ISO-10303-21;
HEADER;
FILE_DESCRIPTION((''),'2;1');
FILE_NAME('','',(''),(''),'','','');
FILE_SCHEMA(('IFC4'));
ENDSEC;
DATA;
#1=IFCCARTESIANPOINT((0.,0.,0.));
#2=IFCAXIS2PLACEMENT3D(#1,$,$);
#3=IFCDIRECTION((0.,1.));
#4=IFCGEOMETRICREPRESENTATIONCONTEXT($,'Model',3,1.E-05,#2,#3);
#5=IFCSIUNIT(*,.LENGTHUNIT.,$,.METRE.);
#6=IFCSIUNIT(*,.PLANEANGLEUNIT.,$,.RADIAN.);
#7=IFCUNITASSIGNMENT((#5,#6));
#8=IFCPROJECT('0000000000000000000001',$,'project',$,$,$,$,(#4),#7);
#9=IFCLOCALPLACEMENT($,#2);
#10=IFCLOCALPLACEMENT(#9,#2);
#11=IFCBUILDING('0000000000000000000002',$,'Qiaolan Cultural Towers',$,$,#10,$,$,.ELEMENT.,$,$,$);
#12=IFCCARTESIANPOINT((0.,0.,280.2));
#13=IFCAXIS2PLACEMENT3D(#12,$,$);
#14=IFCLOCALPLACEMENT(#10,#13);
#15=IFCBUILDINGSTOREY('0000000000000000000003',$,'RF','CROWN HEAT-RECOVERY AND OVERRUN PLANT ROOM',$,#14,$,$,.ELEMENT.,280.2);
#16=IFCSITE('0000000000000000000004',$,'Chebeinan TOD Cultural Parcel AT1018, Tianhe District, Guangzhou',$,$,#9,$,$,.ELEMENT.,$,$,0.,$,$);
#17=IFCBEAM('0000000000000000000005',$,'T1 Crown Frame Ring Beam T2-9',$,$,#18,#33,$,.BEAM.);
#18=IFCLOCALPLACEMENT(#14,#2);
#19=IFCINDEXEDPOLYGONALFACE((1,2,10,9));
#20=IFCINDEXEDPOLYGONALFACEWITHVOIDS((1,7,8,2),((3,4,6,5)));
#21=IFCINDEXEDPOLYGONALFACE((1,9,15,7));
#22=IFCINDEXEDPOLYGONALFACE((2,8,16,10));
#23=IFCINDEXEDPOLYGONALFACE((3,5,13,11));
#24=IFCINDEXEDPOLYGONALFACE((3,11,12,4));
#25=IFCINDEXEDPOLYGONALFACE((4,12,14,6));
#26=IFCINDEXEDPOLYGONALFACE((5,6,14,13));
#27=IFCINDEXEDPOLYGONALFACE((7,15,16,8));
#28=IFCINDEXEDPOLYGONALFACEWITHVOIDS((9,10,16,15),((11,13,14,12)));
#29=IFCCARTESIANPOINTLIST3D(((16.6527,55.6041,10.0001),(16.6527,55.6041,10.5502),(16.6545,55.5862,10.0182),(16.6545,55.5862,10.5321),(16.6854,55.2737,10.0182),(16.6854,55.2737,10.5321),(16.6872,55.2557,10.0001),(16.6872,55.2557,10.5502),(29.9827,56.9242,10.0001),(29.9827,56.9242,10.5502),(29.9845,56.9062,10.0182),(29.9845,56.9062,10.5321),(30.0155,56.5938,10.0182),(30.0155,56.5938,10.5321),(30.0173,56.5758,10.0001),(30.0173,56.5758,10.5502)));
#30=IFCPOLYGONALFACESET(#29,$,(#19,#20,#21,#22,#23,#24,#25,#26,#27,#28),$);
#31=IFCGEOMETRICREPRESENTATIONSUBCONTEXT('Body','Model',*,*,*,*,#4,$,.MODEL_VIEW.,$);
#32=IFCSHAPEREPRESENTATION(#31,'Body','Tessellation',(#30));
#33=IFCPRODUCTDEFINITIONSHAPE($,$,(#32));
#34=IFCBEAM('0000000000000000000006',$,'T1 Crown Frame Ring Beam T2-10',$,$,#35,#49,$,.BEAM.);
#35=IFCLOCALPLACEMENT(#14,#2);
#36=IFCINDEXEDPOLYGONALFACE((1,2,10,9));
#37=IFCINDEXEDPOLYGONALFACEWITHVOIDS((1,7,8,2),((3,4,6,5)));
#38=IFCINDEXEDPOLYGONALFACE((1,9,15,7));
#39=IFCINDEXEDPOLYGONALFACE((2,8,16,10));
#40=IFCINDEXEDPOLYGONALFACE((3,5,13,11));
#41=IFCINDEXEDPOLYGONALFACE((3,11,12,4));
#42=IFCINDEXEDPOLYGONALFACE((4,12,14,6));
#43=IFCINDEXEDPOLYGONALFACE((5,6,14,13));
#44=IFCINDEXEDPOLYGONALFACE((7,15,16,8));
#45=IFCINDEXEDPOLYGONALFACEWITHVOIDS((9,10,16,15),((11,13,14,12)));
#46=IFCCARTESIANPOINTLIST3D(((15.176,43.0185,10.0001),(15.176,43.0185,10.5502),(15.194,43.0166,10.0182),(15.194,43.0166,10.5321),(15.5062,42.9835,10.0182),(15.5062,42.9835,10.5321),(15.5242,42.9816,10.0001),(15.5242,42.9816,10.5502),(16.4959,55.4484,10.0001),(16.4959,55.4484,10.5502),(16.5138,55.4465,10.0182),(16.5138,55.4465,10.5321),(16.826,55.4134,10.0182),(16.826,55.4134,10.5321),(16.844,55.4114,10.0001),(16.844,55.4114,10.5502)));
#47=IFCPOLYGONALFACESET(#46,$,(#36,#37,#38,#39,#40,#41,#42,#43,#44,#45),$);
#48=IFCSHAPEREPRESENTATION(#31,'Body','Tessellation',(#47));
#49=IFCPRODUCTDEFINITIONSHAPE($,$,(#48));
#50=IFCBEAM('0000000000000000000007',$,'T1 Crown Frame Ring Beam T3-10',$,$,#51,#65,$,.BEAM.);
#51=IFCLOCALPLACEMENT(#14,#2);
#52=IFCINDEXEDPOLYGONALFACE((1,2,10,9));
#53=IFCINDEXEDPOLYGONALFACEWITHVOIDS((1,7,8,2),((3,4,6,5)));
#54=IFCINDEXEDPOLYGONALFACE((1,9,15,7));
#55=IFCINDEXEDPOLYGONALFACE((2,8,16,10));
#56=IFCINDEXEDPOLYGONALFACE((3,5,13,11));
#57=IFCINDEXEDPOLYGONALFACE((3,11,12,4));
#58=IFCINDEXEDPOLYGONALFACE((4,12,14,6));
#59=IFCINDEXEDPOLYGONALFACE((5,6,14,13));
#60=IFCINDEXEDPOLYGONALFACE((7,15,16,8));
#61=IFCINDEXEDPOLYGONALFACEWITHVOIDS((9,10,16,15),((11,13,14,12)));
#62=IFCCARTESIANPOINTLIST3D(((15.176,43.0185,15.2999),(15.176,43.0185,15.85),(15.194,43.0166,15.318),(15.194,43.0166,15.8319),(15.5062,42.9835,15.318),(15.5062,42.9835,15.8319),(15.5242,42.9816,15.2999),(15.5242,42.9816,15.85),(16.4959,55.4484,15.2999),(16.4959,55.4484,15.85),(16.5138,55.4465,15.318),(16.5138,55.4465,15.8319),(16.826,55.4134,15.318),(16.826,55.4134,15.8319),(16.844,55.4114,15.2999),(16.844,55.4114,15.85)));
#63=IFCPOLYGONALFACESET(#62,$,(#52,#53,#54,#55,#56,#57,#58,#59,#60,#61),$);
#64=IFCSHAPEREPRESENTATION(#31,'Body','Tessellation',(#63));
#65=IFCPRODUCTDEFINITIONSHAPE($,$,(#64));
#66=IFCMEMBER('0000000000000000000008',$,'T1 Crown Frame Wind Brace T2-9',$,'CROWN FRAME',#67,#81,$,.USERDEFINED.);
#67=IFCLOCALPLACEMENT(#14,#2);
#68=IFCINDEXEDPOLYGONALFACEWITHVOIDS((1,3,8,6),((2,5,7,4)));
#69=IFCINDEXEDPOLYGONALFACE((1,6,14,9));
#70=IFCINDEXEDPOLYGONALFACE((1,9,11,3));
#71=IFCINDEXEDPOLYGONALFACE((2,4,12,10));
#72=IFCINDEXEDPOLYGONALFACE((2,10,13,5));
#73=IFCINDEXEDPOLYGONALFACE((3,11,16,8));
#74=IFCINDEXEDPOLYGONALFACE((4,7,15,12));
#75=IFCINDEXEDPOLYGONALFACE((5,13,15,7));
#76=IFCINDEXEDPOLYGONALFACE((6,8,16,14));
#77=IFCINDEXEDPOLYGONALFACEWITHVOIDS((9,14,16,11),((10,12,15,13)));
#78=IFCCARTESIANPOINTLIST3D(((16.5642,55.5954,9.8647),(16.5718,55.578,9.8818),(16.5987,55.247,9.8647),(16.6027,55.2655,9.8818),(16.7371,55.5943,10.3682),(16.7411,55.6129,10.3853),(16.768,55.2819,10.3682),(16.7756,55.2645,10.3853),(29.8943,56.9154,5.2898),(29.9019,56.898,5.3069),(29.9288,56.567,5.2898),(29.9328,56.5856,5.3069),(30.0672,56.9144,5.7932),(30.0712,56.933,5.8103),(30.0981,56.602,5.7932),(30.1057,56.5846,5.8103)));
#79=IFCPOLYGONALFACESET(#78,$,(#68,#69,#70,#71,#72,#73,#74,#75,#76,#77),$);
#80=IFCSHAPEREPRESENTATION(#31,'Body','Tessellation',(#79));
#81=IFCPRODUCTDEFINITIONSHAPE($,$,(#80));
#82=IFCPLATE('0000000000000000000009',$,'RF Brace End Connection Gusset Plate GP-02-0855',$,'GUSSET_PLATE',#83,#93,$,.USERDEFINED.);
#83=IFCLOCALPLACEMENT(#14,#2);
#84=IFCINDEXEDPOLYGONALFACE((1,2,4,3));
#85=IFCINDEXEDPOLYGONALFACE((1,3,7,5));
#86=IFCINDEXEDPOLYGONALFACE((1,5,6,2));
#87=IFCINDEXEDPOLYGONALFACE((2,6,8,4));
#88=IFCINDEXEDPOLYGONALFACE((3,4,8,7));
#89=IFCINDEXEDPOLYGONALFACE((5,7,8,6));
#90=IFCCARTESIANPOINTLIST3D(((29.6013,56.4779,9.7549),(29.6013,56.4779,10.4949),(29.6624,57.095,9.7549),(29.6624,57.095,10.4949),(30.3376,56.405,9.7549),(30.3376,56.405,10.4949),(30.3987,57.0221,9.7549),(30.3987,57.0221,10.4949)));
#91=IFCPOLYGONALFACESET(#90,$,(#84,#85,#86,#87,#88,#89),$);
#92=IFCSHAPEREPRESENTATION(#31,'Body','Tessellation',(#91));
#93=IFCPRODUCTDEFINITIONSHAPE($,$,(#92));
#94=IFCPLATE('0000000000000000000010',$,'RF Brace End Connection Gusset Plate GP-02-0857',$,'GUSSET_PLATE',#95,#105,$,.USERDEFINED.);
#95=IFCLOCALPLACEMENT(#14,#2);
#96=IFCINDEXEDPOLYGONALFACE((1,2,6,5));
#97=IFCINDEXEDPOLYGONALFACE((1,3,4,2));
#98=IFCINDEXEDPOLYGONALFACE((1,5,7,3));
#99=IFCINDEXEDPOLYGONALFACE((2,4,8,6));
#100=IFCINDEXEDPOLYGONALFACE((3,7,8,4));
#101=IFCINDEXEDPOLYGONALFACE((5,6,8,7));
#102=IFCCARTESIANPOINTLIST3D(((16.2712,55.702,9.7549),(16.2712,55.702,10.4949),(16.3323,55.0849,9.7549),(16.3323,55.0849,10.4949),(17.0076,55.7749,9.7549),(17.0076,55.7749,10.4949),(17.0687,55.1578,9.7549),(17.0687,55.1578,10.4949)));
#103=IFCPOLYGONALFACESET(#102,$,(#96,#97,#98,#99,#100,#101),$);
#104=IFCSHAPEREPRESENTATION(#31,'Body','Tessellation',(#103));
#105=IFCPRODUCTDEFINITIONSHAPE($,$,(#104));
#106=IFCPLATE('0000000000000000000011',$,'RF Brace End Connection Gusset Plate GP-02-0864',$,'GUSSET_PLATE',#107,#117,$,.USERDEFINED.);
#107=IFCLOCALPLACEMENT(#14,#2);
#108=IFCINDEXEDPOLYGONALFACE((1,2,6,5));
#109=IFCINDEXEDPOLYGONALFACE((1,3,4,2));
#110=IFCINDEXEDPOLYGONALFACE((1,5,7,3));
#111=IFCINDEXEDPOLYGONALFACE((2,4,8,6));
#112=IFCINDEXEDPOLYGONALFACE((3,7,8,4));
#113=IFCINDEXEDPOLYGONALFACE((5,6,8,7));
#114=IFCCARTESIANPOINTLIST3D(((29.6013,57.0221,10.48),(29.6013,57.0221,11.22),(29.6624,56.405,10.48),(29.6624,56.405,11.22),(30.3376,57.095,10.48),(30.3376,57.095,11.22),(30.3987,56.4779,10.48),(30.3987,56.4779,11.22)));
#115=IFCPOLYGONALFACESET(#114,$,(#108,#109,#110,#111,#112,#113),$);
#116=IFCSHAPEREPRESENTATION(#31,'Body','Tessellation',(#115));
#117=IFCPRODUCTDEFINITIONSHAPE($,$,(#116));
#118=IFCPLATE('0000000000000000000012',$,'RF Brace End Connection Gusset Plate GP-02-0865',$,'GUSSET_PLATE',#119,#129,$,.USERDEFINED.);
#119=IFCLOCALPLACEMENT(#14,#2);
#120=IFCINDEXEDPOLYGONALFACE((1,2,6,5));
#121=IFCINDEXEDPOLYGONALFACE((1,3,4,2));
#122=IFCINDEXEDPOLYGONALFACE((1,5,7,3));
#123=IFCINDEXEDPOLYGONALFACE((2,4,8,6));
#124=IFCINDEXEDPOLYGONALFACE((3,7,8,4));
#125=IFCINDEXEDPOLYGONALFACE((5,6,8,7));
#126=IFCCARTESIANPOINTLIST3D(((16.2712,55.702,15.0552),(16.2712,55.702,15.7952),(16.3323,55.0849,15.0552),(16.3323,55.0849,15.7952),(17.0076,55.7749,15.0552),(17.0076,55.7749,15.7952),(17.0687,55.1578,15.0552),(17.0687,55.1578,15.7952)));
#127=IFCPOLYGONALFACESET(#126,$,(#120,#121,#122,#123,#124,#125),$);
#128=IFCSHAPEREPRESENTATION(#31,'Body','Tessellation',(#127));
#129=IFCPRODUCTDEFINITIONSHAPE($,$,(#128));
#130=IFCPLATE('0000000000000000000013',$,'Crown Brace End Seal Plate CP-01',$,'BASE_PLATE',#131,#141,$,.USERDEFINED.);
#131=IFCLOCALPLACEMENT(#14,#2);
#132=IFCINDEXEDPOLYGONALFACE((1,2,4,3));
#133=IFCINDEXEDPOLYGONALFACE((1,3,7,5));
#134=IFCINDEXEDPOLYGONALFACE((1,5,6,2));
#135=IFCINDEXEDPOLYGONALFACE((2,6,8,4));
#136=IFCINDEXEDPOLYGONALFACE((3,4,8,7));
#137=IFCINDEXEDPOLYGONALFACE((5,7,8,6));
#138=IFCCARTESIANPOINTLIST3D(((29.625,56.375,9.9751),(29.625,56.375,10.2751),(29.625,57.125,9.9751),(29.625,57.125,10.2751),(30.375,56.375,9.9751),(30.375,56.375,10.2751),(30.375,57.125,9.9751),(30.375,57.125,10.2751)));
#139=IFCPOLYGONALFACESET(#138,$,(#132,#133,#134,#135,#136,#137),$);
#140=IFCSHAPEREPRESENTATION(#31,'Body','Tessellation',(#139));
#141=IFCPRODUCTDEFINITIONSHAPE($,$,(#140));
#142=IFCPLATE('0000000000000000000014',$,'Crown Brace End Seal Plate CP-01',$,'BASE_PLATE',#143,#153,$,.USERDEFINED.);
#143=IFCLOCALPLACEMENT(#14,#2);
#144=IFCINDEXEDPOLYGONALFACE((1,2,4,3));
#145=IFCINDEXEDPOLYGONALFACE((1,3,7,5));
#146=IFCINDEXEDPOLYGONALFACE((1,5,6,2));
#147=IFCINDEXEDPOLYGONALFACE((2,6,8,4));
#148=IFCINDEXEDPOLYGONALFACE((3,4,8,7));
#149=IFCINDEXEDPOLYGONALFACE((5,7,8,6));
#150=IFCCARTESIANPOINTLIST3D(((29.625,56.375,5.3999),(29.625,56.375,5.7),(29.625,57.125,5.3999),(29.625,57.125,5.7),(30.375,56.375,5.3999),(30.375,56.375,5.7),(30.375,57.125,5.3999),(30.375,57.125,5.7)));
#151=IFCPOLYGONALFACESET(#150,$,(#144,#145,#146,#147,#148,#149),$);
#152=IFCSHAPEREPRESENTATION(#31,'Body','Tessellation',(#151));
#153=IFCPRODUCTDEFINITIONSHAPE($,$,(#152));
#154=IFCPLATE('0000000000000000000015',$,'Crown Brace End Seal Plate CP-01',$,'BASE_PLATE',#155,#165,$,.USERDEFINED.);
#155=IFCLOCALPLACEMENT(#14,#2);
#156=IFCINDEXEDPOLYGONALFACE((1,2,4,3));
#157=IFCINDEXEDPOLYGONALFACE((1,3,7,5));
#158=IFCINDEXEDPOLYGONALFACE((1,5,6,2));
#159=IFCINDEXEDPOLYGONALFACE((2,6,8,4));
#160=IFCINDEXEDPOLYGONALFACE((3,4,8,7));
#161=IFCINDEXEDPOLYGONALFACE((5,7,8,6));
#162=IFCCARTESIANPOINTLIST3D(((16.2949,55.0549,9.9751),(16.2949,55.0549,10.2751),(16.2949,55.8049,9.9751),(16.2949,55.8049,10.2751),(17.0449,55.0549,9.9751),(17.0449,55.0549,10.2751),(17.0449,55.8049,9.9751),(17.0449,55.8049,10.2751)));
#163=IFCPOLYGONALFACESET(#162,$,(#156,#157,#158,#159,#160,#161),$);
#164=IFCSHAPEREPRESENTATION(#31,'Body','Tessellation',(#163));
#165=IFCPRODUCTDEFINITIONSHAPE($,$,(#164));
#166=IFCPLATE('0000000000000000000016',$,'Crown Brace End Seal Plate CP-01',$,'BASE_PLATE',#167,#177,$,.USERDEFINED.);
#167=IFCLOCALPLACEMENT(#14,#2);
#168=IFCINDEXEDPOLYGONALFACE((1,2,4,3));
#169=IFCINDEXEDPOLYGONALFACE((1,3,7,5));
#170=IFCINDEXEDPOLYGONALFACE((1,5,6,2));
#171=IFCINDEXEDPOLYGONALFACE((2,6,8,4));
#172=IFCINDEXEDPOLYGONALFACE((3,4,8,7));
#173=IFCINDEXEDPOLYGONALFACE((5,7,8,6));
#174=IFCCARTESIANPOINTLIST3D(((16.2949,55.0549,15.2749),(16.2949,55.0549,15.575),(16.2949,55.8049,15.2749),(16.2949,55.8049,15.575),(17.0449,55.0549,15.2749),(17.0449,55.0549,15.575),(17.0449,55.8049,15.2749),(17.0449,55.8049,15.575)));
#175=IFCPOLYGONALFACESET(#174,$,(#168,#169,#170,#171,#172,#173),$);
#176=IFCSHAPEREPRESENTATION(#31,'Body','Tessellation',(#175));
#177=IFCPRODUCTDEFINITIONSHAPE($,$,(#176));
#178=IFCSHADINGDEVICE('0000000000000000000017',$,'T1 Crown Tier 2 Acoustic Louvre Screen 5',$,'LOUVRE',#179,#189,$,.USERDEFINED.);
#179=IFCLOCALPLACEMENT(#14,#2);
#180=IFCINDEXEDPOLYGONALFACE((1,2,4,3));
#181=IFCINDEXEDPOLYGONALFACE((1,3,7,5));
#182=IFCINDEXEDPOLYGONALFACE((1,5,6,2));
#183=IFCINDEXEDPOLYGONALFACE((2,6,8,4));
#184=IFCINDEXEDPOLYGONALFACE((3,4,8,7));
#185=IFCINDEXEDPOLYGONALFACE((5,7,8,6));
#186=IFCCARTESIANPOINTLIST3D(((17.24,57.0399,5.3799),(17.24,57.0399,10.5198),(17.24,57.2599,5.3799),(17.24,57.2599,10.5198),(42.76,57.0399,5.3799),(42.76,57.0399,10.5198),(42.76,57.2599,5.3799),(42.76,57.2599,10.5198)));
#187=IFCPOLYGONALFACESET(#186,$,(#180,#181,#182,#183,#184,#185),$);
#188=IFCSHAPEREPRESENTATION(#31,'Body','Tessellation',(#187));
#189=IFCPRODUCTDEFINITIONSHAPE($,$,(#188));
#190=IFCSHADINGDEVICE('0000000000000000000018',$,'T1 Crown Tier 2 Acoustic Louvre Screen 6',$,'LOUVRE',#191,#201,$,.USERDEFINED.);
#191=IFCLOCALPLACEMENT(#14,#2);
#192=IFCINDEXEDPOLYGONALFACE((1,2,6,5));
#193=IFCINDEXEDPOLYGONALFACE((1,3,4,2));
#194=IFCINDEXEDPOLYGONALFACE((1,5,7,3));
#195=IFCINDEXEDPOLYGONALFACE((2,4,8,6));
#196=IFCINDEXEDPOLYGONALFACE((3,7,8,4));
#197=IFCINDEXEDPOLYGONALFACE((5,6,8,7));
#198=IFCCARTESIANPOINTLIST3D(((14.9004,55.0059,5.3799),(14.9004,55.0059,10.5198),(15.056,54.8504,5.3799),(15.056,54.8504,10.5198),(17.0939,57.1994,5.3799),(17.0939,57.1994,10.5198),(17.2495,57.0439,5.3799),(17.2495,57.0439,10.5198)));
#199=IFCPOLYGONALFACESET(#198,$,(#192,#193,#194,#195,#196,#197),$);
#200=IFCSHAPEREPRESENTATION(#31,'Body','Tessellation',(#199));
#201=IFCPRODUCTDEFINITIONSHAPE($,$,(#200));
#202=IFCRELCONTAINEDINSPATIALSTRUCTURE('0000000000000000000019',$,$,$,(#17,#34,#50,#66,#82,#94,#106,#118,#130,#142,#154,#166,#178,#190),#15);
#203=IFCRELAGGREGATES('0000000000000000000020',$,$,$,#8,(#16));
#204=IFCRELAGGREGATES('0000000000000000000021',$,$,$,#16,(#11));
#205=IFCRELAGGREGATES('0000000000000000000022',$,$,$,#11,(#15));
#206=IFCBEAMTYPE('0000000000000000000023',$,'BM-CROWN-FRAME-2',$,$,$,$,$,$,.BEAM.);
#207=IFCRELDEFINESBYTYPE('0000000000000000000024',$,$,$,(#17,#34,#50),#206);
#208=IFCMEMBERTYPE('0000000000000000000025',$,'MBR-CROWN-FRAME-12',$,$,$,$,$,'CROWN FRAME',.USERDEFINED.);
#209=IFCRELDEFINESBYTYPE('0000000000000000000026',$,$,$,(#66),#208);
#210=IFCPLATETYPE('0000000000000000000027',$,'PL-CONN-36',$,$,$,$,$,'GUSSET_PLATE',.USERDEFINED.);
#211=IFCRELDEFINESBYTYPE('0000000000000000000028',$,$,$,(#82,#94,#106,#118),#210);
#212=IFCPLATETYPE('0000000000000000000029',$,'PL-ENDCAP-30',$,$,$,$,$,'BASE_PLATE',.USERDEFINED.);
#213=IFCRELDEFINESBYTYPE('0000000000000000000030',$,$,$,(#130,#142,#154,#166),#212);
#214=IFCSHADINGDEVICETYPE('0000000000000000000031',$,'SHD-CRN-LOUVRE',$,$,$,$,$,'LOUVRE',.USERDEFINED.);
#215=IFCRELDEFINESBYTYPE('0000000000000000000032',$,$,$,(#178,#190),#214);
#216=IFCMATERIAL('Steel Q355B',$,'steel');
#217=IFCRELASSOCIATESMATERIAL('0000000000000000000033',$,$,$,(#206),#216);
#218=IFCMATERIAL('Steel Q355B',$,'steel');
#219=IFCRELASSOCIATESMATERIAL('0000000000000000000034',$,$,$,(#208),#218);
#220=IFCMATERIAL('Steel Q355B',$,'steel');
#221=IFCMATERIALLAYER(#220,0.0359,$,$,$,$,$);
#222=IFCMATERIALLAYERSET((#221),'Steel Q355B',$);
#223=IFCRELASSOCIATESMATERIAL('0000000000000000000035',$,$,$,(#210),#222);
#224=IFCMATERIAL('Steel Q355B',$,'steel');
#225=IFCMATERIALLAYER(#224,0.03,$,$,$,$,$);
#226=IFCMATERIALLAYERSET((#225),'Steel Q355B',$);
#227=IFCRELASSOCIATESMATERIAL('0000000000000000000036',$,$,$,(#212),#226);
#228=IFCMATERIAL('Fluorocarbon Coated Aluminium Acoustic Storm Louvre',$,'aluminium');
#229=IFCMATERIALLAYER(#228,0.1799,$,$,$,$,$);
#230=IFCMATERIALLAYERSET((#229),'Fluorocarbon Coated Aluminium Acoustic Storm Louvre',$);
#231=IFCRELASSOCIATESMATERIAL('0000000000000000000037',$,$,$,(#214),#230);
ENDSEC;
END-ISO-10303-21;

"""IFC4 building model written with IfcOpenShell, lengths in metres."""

from ifc_helpers import new_model, si_unit, direction, frame, origin, origin_2d, place, context, subcontext, project, spatial, rectangle, hollow_rectangle, extrude, material, layer, layer_set, material_profile, profile_set, type_object, element, save


model = new_model("IFC4")

# Units and contexts
model_context = context("Model", 3, precision=1e-05, world=origin(), true_north=direction((0.0, 1.0)))
body_context = subcontext(model_context, "Body", "Model", "MODEL_VIEW")
ifc_project = project(units=[si_unit("LENGTHUNIT", "METRE"), si_unit("PLANEANGLEUNIT", "RADIAN")], contexts=[model_context])

# Site, building, storey
site_placement = place(None, origin())
site = spatial("IfcSite", under=ifc_project, at=site_placement, Name="Chebeinan TOD Cultural Parcel AT1018, Tianhe District, Guangzhou", CompositionType="ELEMENT", RefElevation=0.0)
building_placement = place(site_placement, origin())
building = spatial("IfcBuilding", under=site, at=building_placement, Name="Qiaolan Cultural Towers", CompositionType="ELEMENT")
storey_placement = place(building_placement, frame((0.0, 0.0, 280.2)))
storey = spatial("IfcBuildingStorey", under=building, at=storey_placement, Name="RF", Description="CROWN HEAT-RECOVERY AND OVERRUN PLANT ROOM", CompositionType="ELEMENT", Elevation=280.2)

# Beams
ifc_material_1 = material(Name="Steel Q355B", Category="steel")
ifc_material_profile_1 = material_profile(ifc_material_1, hollow_rectangle(XDim=0.3501, YDim=0.55, WallThickness=0.0181, at=origin_2d()), Name="BOX550x350x18")
ifc_profile_set_1 = profile_set([ifc_material_profile_1], Name="Steel Q355B")
beam_type = type_object("IfcBeamType", Name="BM-CROWN-FRAME-2", PredefinedType="BEAM", material=ifc_profile_set_1)
beam_placement = place(storey_placement, frame((30.0, 56.75, 10.2751), z_axis=(-0.995132, -0.098547, 0.0), x_axis=(0.098547, -0.995132, 0.0)))
element("IfcBeam", 1, at=beam_placement, inside=storey, type_object=beam_type, Name="T1 Crown Frame Ring Beam T2-9", PredefinedType="BEAM", context=body_context, shape_type="SweptSolid", body=[
    extrude(hollow_rectangle(XDim=0.3501, YDim=0.55, WallThickness=0.0181, at=origin_2d()), origin(), (0.0, 0.0, 1.0), 13.3953),
])
for number, where, z_axis, x_axis, name in (
    (2, (16.6699, 55.4299, 10.2751), (-0.105588, -0.99441, 0.0), (0.99441, -0.105588, 0.0), "T1 Crown Frame Ring Beam T2-10"),
    (3, (16.6699, 55.4299, 15.575), (-0.105588, -0.99441, 0.0), (0.99441, -0.105588, 0.0), "T1 Crown Frame Ring Beam T3-10"),
):
    element("IfcBeam", number, at=place(storey_placement, frame(where, z_axis=z_axis, x_axis=x_axis)), inside=storey, type_object=beam_type, Name=name, PredefinedType="BEAM", context=body_context, shape_type="SweptSolid", body=[
        extrude(hollow_rectangle(XDim=0.3501, YDim=0.55, WallThickness=0.0181, at=origin_2d()), origin(), (0.0, 0.0, 1.0), 12.4998),
    ])

# Member
ifc_material_2 = material(Name="Steel Q355B", Category="steel")
ifc_material_profile_2 = material_profile(ifc_material_2, hollow_rectangle(XDim=0.3501, YDim=0.55, WallThickness=0.0181, at=origin_2d()), Name="BOX550x350x18")
ifc_profile_set_2 = profile_set([ifc_material_profile_2], Name="Steel Q355B")
member_type = type_object("IfcMemberType", Name="MBR-CROWN-FRAME-12", ElementType="CROWN FRAME", PredefinedType="USERDEFINED", material=ifc_profile_set_2)
member_placement = place(storey_placement, frame((30.0, 56.75, 5.55), z_axis=(-0.941723, -0.093258, 0.323204), x_axis=(0.098547, -0.995132, 0.0)))
element("IfcMember", 4, at=member_placement, inside=storey, type_object=member_type, Name="T1 Crown Frame Wind Brace T2-9", ObjectType="CROWN FRAME", PredefinedType="USERDEFINED", context=body_context, shape_type="SweptSolid", body=[
    extrude(hollow_rectangle(XDim=0.3501, YDim=0.55, WallThickness=0.0181, at=origin_2d()), origin(), (0.0, 0.0, 1.0), 14.155),
])

# Plates
ifc_material_3 = material(Name="Steel Q355B", Category="steel")
ifc_layer_1 = layer(ifc_material_3, 0.0359)
ifc_layer_set_1 = layer_set([ifc_layer_1], Name="Steel Q355B")
plate_type_1 = type_object("IfcPlateType", Name="PL-CONN-36", ElementType="GUSSET_PLATE", PredefinedType="USERDEFINED", material=ifc_layer_set_1)
for number, where, z_axis, x_axis, name in (
    (5, (30.0, 56.75, 9.7549), (0.0, 0.0, 1.0), (-0.995133, 0.098543, 0.0), "RF Brace End Connection Gusset Plate GP-02-0855"),
    (6, (16.6699, 55.4299, 9.7549), (0.0, 0.0, 1.0), (0.995133, 0.098543, 0.0), "RF Brace End Connection Gusset Plate GP-02-0857"),
    (7, (30.0, 56.75, 10.48), (0.0, 0.0, 1.0), (0.995133, 0.098543, 0.0), "RF Brace End Connection Gusset Plate GP-02-0864"),
    (8, (16.6699, 55.4299, 15.0552), (0.0, 0.0, 1.0), (0.995133, 0.098543, 0.0), "RF Brace End Connection Gusset Plate GP-02-0865"),
):
    element("IfcPlate", number, at=place(storey_placement, frame(where, z_axis=z_axis, x_axis=x_axis)), inside=storey, type_object=plate_type_1, Name=name, ObjectType="GUSSET_PLATE", PredefinedType="USERDEFINED", context=body_context, shape_type="SweptSolid", body=[
        extrude(rectangle(XDim=0.74, YDim=0.6201, at=origin_2d()), origin(), (0.0, 0.0, 1.0), 0.74),
    ])
ifc_material_4 = material(Name="Steel Q355B", Category="steel")
ifc_layer_2 = layer(ifc_material_4, 0.03)
ifc_layer_set_2 = layer_set([ifc_layer_2], Name="Steel Q355B")
plate_type_2 = type_object("IfcPlateType", Name="PL-ENDCAP-30", ElementType="BASE_PLATE", PredefinedType="USERDEFINED", material=ifc_layer_set_2)
for number, where, z_axis, x_axis, name in (
    (9, (30.0, 56.75, 9.9751), (0.0, 0.0, 1.0), (1.0, 0.0, 0.0), "Crown Brace End Seal Plate CP-01"),
    (10, (30.0, 56.75, 5.3999), (0.0, 0.0, 1.0), (1.0, 0.0, 0.0), "Crown Brace End Seal Plate CP-01"),
    (11, (16.6699, 55.4299, 9.9751), (0.0, 0.0, 1.0), (1.0, 0.0, 0.0), "Crown Brace End Seal Plate CP-01"),
    (12, (16.6699, 55.4299, 15.2749), (0.0, 0.0, 1.0), (1.0, 0.0, 0.0), "Crown Brace End Seal Plate CP-01"),
):
    element("IfcPlate", number, at=place(storey_placement, frame(where, z_axis=z_axis, x_axis=x_axis)), inside=storey, type_object=plate_type_2, Name=name, ObjectType="BASE_PLATE", PredefinedType="USERDEFINED", context=body_context, shape_type="SweptSolid", body=[
        extrude(rectangle(XDim=0.75, YDim=0.75, at=origin_2d()), origin(), (0.0, 0.0, 1.0), 0.3),
    ])

# Shading devices
ifc_material_5 = material(Name="Fluorocarbon Coated Aluminium Acoustic Storm Louvre", Category="aluminium")
ifc_layer_3 = layer(ifc_material_5, 0.1799)
ifc_layer_set_3 = layer_set([ifc_layer_3], Name="Fluorocarbon Coated Aluminium Acoustic Storm Louvre")
shading_device_type = type_object("IfcShadingDeviceType", Name="SHD-CRN-LOUVRE", ElementType="LOUVRE", PredefinedType="USERDEFINED", material=ifc_layer_set_3)
shading_device_1_placement = place(storey_placement, frame((30.0, 57.1499, 5.3799), z_axis=(0.0, 0.0, 1.0), x_axis=(-1.0, 0.0, 0.0)))
element("IfcShadingDevice", 13, at=shading_device_1_placement, inside=storey, type_object=shading_device_type, Name="T1 Crown Tier 2 Acoustic Louvre Screen 5", ObjectType="LOUVRE", PredefinedType="USERDEFINED", context=body_context, shape_type="SweptSolid", body=[
    extrude(rectangle(XDim=25.52, YDim=0.22, at=origin_2d()), origin(), (0.0, 0.0, 1.0), 5.1399),
])
for number, where, z_axis, x_axis, name in (
    (14, (16.075, 56.0249, 5.3799), (0.0, 0.0, 1.0), (-0.707107, -0.707107, 0.0), "T1 Crown Tier 2 Acoustic Louvre Screen 6"),
):
    element("IfcShadingDevice", number, at=place(storey_placement, frame(where, z_axis=z_axis, x_axis=x_axis)), inside=storey, type_object=shading_device_type, Name=name, ObjectType="LOUVRE", PredefinedType="USERDEFINED", context=body_context, shape_type="SweptSolid", body=[
        extrude(rectangle(XDim=3.1021, YDim=0.22, at=origin_2d()), origin(), (0.0, 0.0, 1.0), 5.1399),
    ])

save(model, "model.ifc")
